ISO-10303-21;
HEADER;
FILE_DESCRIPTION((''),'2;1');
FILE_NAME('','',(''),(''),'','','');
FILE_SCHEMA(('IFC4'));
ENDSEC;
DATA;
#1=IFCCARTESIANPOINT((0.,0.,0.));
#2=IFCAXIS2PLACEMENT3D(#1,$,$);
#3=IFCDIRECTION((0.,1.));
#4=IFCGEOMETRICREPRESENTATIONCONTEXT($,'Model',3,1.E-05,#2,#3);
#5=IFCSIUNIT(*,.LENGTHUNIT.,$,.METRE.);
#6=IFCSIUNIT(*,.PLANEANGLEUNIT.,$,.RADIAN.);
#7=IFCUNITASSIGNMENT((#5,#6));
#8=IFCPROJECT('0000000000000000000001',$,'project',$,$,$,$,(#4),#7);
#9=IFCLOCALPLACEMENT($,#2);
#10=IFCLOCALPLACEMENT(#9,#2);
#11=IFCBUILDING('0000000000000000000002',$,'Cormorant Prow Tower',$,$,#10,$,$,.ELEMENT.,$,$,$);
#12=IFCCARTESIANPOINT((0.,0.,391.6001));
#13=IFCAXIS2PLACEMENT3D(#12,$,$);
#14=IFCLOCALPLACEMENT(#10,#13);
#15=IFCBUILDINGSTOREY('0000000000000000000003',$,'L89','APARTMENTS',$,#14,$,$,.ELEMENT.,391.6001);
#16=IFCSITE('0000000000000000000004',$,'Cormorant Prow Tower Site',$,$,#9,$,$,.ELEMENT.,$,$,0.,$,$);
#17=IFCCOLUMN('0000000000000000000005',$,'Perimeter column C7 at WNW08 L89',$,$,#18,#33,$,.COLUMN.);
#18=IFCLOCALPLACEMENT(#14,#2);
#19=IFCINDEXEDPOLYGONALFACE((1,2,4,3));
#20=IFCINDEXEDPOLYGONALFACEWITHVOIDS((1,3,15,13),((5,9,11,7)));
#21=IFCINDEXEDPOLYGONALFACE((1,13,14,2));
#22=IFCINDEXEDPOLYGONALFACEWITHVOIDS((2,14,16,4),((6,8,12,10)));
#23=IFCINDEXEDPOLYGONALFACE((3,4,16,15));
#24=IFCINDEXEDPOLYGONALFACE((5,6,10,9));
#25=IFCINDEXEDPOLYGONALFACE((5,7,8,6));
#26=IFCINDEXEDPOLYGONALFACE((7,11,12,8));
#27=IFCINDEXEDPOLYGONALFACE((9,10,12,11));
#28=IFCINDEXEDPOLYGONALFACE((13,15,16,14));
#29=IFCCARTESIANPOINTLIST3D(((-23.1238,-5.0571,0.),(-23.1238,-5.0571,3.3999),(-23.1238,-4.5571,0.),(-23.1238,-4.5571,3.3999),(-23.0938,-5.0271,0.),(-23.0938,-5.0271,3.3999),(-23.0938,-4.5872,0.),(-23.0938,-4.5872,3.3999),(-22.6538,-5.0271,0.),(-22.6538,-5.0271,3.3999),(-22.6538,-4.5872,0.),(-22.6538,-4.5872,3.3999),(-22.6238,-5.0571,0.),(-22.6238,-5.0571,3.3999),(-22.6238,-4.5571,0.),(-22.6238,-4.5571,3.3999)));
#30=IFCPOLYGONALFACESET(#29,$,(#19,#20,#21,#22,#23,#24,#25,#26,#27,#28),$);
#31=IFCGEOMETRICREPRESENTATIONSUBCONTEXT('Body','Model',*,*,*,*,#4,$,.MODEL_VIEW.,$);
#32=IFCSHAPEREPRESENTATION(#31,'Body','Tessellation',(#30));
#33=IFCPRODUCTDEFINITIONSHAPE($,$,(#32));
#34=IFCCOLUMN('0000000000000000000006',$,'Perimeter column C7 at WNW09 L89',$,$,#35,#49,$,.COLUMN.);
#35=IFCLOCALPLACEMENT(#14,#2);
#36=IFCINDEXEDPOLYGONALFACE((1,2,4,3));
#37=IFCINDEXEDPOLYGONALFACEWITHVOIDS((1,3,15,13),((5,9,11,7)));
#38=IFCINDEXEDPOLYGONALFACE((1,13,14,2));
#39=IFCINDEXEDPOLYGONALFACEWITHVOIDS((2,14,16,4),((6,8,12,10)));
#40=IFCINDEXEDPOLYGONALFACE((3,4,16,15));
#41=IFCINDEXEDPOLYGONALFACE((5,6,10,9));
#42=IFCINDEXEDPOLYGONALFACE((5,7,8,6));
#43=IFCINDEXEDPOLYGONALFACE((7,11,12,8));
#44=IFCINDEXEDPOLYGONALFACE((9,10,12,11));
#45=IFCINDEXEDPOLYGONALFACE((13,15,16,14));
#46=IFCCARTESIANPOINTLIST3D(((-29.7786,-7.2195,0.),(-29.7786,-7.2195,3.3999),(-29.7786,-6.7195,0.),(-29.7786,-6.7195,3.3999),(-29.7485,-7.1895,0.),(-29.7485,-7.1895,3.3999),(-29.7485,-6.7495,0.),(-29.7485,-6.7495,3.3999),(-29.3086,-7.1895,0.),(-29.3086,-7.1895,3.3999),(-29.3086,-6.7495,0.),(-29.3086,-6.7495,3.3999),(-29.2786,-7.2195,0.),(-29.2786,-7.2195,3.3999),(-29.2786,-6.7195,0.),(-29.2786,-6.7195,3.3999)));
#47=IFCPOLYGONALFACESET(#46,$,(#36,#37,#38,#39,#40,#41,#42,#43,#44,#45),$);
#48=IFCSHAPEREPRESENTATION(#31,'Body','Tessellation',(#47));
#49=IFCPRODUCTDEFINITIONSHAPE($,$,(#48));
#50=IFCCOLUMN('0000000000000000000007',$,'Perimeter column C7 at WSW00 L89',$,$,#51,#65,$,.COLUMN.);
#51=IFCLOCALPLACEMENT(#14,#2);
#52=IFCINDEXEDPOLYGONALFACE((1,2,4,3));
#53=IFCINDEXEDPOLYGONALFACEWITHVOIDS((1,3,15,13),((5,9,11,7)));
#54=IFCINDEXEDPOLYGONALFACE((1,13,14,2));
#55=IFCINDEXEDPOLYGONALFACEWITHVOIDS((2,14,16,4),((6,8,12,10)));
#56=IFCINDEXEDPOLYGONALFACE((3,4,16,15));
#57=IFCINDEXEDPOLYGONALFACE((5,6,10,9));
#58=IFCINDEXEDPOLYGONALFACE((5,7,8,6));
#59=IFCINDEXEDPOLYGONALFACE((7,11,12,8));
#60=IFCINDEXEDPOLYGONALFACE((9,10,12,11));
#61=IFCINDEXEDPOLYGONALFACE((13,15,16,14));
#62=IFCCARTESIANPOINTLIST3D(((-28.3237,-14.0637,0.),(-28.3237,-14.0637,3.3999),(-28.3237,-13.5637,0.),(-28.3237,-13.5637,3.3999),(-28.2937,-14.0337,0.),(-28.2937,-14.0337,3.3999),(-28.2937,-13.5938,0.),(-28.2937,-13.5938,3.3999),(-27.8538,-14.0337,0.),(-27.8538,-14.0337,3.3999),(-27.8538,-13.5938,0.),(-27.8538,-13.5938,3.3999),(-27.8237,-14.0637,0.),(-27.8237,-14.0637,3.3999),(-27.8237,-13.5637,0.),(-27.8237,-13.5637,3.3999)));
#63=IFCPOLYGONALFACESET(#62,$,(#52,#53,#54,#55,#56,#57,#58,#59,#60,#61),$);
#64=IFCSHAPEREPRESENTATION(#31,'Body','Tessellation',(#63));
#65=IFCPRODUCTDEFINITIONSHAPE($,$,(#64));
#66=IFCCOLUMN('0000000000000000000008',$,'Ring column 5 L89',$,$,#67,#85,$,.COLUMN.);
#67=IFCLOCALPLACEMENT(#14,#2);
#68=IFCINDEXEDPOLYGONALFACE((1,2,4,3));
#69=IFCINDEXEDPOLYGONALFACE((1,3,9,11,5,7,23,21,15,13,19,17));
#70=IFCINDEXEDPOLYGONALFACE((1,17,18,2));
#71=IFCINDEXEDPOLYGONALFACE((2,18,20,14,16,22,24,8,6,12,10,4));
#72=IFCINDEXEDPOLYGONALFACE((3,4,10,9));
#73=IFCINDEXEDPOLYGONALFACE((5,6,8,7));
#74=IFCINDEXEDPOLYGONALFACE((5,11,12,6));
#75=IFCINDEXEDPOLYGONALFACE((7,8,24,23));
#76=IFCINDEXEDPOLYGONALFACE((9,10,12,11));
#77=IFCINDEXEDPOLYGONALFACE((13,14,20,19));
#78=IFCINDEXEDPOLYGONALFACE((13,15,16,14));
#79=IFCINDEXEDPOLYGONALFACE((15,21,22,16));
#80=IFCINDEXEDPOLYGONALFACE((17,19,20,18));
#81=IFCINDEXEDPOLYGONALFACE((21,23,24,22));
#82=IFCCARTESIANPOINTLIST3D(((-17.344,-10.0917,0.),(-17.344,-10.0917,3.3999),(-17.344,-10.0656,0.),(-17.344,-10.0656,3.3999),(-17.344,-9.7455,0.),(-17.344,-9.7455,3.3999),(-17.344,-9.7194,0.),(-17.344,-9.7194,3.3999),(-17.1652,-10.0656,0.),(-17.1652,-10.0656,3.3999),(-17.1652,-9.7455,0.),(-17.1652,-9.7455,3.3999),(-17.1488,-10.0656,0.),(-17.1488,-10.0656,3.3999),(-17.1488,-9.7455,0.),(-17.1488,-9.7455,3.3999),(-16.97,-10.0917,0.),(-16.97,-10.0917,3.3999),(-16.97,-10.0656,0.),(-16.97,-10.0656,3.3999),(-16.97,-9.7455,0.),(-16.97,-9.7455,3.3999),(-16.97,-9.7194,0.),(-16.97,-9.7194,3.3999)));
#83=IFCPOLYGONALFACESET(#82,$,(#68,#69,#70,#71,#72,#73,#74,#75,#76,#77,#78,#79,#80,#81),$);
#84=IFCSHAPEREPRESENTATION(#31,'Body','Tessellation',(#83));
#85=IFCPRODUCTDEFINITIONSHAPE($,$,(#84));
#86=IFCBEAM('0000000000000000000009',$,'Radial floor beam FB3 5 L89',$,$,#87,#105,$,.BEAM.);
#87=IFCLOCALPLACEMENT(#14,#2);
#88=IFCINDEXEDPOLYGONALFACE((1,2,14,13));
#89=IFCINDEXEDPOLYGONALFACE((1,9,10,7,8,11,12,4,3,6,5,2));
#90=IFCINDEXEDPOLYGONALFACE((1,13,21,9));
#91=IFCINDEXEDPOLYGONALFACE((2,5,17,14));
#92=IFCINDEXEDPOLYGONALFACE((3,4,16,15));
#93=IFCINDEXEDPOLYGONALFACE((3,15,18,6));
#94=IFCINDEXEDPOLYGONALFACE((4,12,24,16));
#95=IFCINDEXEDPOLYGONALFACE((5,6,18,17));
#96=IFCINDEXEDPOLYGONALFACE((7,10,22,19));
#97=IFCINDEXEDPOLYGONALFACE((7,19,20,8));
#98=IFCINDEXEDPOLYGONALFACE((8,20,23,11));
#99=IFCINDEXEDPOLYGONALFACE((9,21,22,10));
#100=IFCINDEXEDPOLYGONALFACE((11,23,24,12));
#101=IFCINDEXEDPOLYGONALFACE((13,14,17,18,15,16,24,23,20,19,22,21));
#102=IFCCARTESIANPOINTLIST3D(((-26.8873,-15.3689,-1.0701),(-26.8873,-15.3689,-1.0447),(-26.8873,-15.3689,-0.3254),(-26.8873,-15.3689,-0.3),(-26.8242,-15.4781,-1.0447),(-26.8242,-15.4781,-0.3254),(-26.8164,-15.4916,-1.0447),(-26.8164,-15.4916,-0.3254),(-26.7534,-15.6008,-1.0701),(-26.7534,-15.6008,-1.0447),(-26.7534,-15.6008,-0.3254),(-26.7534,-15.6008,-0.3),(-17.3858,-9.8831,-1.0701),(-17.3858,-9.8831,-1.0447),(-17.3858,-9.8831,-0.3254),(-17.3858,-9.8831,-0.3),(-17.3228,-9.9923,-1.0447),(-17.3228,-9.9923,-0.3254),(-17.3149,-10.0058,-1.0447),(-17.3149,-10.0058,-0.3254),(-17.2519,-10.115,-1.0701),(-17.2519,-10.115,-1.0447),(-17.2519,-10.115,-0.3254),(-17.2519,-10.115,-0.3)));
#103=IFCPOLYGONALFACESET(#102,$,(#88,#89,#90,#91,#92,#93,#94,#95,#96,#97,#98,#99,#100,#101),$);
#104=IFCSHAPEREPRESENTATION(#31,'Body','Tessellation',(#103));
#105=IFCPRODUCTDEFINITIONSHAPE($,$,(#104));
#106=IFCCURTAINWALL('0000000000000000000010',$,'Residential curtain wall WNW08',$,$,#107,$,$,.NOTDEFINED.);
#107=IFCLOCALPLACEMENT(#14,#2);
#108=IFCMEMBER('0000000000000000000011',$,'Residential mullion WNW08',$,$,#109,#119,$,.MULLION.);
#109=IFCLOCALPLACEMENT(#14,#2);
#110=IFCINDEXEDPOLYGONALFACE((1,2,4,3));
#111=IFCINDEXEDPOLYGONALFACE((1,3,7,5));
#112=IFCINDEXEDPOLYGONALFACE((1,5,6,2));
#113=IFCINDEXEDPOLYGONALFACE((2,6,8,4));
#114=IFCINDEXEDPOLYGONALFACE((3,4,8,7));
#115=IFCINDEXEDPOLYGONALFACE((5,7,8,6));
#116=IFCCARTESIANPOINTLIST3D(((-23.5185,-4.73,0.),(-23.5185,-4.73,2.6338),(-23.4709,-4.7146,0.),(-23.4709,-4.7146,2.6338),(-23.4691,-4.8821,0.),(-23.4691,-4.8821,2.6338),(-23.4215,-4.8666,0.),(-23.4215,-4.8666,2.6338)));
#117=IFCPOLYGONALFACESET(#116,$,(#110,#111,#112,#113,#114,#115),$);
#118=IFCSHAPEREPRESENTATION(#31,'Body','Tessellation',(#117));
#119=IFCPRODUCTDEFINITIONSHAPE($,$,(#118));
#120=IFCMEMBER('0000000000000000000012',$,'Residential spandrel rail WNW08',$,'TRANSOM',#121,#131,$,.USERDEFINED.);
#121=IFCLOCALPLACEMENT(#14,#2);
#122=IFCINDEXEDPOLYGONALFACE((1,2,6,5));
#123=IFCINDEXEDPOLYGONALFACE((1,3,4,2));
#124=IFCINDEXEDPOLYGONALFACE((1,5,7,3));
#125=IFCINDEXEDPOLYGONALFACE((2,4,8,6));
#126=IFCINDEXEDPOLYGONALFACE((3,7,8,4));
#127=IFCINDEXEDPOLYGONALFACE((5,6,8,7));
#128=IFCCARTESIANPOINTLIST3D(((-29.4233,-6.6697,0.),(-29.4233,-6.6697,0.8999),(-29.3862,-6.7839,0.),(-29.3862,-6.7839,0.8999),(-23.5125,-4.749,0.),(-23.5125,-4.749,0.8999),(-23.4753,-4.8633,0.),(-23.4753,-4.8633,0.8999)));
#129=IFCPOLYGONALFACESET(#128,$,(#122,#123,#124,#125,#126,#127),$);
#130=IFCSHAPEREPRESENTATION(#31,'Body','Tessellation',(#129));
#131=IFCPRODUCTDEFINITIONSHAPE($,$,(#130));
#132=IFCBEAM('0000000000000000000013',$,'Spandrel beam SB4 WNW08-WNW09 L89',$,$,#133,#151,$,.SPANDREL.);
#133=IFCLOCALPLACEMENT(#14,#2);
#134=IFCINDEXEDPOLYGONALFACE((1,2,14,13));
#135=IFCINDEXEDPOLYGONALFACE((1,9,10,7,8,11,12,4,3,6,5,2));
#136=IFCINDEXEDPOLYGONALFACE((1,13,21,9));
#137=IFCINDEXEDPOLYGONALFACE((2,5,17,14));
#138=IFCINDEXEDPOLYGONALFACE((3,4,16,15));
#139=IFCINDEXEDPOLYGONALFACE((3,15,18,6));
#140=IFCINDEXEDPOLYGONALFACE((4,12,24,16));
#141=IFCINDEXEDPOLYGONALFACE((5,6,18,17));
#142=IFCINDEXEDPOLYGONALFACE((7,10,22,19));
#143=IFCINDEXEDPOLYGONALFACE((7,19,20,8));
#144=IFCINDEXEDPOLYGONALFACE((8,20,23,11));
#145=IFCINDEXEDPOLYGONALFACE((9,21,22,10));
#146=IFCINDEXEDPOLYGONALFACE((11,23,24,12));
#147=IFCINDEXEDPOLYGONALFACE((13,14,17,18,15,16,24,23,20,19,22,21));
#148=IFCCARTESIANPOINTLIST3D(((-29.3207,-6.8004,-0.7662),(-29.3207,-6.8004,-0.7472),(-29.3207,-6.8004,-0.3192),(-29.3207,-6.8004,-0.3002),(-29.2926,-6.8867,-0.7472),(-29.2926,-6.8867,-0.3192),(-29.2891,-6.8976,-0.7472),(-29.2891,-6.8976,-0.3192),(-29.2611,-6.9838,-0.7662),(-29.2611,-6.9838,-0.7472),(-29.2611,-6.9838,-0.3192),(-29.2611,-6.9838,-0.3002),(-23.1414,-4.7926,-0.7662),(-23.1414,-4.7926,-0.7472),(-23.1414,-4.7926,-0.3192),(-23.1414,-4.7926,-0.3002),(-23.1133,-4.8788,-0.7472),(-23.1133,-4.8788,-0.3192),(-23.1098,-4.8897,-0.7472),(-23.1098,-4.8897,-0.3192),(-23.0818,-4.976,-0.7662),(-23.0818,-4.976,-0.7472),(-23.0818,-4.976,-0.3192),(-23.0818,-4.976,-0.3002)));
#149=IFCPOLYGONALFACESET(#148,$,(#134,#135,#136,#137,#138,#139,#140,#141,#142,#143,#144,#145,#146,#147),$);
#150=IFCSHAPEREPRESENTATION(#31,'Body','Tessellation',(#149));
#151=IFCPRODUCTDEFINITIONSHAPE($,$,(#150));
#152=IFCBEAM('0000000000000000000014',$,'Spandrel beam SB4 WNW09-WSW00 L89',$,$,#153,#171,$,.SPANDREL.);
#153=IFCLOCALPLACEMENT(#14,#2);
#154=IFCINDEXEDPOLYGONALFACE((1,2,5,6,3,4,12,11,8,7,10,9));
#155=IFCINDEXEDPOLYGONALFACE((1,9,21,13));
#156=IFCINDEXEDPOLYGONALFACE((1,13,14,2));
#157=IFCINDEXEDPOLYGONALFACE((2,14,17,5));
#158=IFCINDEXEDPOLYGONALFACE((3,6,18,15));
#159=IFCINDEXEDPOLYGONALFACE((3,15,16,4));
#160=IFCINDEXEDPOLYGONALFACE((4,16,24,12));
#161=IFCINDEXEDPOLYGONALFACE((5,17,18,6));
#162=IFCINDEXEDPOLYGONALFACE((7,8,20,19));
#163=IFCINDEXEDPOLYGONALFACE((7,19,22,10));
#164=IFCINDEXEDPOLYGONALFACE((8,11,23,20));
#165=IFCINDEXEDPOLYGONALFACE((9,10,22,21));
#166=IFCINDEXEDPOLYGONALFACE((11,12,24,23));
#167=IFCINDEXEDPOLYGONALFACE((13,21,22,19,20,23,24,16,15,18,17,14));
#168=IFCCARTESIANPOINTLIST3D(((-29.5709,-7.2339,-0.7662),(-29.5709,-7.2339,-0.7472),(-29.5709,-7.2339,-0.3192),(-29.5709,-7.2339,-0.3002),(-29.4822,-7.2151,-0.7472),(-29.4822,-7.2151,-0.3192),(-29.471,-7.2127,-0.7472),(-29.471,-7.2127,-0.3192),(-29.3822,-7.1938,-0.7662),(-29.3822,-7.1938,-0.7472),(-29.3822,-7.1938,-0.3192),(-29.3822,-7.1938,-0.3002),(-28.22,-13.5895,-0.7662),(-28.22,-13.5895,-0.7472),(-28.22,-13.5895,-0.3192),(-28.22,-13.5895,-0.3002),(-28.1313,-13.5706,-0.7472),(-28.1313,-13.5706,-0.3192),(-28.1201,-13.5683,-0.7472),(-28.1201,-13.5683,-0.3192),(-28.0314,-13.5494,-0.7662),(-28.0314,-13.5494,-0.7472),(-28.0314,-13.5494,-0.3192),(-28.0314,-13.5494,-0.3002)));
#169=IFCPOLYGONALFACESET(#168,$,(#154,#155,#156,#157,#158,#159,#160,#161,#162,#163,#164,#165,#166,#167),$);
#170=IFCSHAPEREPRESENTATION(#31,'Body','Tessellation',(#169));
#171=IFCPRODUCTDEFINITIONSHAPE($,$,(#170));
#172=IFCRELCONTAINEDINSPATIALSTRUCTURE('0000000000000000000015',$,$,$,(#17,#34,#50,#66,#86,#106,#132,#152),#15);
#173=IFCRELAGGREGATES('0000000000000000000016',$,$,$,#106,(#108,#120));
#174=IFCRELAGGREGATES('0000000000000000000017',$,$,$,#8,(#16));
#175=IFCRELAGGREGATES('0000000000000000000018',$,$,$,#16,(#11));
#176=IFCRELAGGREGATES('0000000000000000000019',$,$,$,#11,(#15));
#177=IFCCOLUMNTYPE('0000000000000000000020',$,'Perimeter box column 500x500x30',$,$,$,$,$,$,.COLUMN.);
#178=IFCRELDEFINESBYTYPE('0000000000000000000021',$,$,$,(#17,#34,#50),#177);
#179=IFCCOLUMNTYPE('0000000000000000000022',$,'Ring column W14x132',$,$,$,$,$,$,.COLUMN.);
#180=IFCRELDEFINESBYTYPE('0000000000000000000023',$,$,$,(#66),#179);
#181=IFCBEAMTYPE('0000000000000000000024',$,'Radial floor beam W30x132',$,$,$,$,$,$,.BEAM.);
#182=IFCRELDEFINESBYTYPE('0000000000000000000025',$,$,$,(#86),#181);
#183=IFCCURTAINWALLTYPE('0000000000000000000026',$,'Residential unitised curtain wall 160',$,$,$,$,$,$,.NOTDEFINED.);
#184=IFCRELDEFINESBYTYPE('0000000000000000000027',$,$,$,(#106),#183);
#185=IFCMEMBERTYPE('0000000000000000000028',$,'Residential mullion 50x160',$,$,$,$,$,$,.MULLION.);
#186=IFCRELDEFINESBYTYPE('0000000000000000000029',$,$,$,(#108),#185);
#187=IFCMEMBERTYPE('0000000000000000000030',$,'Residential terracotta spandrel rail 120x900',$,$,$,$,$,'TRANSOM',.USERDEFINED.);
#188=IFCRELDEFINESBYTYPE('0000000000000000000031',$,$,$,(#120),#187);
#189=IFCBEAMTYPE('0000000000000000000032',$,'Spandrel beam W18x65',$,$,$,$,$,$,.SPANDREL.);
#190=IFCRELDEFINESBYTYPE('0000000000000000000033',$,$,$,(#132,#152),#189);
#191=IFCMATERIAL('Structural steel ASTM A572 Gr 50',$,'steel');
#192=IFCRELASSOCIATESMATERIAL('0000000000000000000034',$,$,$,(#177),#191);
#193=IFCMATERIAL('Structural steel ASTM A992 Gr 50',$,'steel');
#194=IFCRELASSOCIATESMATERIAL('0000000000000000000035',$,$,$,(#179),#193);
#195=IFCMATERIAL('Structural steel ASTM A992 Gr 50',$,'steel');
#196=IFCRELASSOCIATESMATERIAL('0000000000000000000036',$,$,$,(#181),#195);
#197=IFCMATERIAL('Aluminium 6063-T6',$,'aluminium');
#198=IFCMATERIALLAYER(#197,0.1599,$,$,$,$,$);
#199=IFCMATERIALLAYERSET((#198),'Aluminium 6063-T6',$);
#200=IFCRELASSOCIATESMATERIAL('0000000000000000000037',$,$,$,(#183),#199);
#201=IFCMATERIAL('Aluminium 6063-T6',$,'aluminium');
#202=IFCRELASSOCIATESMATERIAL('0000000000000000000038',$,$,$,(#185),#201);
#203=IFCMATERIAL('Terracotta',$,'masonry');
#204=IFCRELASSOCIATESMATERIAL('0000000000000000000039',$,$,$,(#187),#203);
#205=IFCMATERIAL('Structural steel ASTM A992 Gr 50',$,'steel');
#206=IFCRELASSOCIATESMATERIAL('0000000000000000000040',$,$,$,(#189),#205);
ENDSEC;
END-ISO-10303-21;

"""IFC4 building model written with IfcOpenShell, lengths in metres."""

from ifc_helpers import new_model, si_unit, direction, frame, origin, origin_2d, place, context, subcontext, project, spatial, rectangle, hollow_rectangle, i_section, extrude, material, layer, layer_set, material_profile, profile_set, type_object, element, aggregate, save


model = new_model("IFC4")

# Units and contexts
model_context = context("Model", 3, precision=1e-05, world=origin(), true_north=direction((0.0, 1.0)))
body_context = subcontext(model_context, "Body", "Model", "MODEL_VIEW")
ifc_project = project(units=[si_unit("LENGTHUNIT", "METRE"), si_unit("PLANEANGLEUNIT", "RADIAN")], contexts=[model_context])

# Site, building, storey
site_placement = place(None, origin())
site = spatial("IfcSite", under=ifc_project, at=site_placement, Name="Cormorant Prow Tower Site", CompositionType="ELEMENT", RefElevation=0.0)
building_placement = place(site_placement, origin())
building = spatial("IfcBuilding", under=site, at=building_placement, Name="Cormorant Prow Tower", CompositionType="ELEMENT")
storey_placement = place(building_placement, frame((0.0, 0.0, 391.6001)))
storey = spatial("IfcBuildingStorey", under=building, at=storey_placement, Name="L89", Description="APARTMENTS", CompositionType="ELEMENT", Elevation=391.6001)

# Columns
ifc_material_1 = material(Name="Structural steel ASTM A572 Gr 50", Category="steel")
ifc_material_profile_1 = material_profile(ifc_material_1, hollow_rectangle(XDim=0.5, YDim=0.5, WallThickness=0.03, at=origin_2d()), Name="Box 500x500x30")
ifc_profile_set_1 = profile_set([ifc_material_profile_1], Name="Structural steel ASTM A572 Gr 50")
column_type_1 = type_object("IfcColumnType", Name="Perimeter box column 500x500x30", PredefinedType="COLUMN", material=ifc_profile_set_1)
for number, where, z_axis, x_axis, name in (
    (1, (-22.8738, -4.8071, 0.0), (0.0, 0.0, 1.0), (1.0, 0.0, 0.0), "Perimeter column C7 at WNW08 L89"),
    (2, (-29.5286, -6.9695, 0.0), (0.0, 0.0, 1.0), (1.0, 0.0, 0.0), "Perimeter column C7 at WNW09 L89"),
    (3, (-28.0737, -13.8137, 0.0), (0.0, 0.0, 1.0), (1.0, 0.0, 0.0), "Perimeter column C7 at WSW00 L89"),
):
    element("IfcColumn", number, at=place(storey_placement, frame(where, z_axis=z_axis, x_axis=x_axis)), inside=storey, type_object=column_type_1, Name=name, PredefinedType="COLUMN", context=body_context, shape_type="SweptSolid", body=[
        extrude(hollow_rectangle(XDim=0.5, YDim=0.5, WallThickness=0.03, at=origin_2d()), origin(), (0.0, 0.0, 1.0), 3.3999),
    ])
ifc_material_2 = material(Name="Structural steel ASTM A992 Gr 50", Category="steel")
ifc_material_profile_2 = material_profile(ifc_material_2, i_section(OverallWidth=0.374, OverallDepth=0.3723, WebThickness=0.0164, FlangeThickness=0.0261, at=origin_2d()), Name="W14x132")
ifc_profile_set_2 = profile_set([ifc_material_profile_2], Name="Structural steel ASTM A992 Gr 50")
column_type_2 = type_object("IfcColumnType", Name="Ring column W14x132", PredefinedType="COLUMN", material=ifc_profile_set_2)
column_placement = place(storey_placement, frame((-17.157, -9.9055, 0.0), z_axis=(0.0, 0.0, 1.0), x_axis=(1.0, 0.0, 0.0)))
element("IfcColumn", 4, at=column_placement, inside=storey, type_object=column_type_2, Name="Ring column 5 L89", PredefinedType="COLUMN", context=body_context, shape_type="SweptSolid", body=[
    extrude(i_section(OverallWidth=0.374, OverallDepth=0.3723, WebThickness=0.0164, FlangeThickness=0.0261, at=origin_2d()), origin(), (0.0, 0.0, 1.0), 3.3999),
])

# Beam
ifc_material_3 = material(Name="Structural steel ASTM A992 Gr 50", Category="steel")
ifc_material_profile_3 = material_profile(ifc_material_3, i_section(OverallWidth=0.2678, OverallDepth=0.77, WebThickness=0.0156, FlangeThickness=0.0254, at=origin_2d()), Name="W30x132")
ifc_profile_set_3 = profile_set([ifc_material_profile_3], Name="Structural steel ASTM A992 Gr 50")
beam_type_1 = type_object("IfcBeamType", Name="Radial floor beam W30x132", PredefinedType="BEAM", material=ifc_profile_set_3)
beam_1_placement = place(storey_placement, frame((-17.3188, -9.999, -0.6851), z_axis=(-0.866019, -0.500011, 0.0), x_axis=(0.500011, -0.866019, 0.0)))
element("IfcBeam", 5, at=beam_1_placement, inside=storey, type_object=beam_type_1, Name="Radial floor beam FB3 5 L89", PredefinedType="BEAM", context=body_context, shape_type="SweptSolid", body=[
    extrude(i_section(OverallWidth=0.2678, OverallDepth=0.77, WebThickness=0.0156, FlangeThickness=0.0254, at=origin_2d()), origin(), (0.0, 0.0, 1.0), 10.9714),
])

# Curtain wall, members
ifc_material_4 = material(Name="Aluminium 6063-T6", Category="aluminium")
ifc_layer_1 = layer(ifc_material_4, 0.1599)
ifc_layer_set_1 = layer_set([ifc_layer_1], Name="Aluminium 6063-T6")
curtain_wall_type = type_object("IfcCurtainWallType", Name="Residential unitised curtain wall 160", PredefinedType="NOTDEFINED", material=ifc_layer_set_1)
curtain_wall_placement = place(storey_placement, origin())
curtain_wall = element("IfcCurtainWall", 6, at=curtain_wall_placement, inside=storey, type_object=curtain_wall_type, Name="Residential curtain wall WNW08", PredefinedType="NOTDEFINED")
ifc_material_5 = material(Name="Aluminium 6063-T6", Category="aluminium")
ifc_material_profile_4 = material_profile(ifc_material_5, rectangle(XDim=0.1599, YDim=0.05, at=origin_2d()), Name="Residential mullion 50x160")
ifc_profile_set_4 = profile_set([ifc_material_profile_4], Name="Aluminium 6063-T6")
member_type_1 = type_object("IfcMemberType", Name="Residential mullion 50x160", PredefinedType="MULLION", material=ifc_profile_set_4)
member_1_placement = place(storey_placement, frame((-23.47, -4.7983, 0.0), z_axis=(0.0, 0.0, 1.0), x_axis=(0.309017, -0.951056, 0.0)))
member_1 = element("IfcMember", 7, at=member_1_placement, type_object=member_type_1, Name="Residential mullion WNW08", PredefinedType="MULLION", context=body_context, shape_type="SweptSolid", body=[
    extrude(rectangle(XDim=0.1599, YDim=0.05, at=origin_2d()), origin(), (0.0, 0.0, 1.0), 2.6338),
])
ifc_material_6 = material(Name="Terracotta", Category="masonry")
ifc_material_profile_5 = material_profile(ifc_material_6, rectangle(XDim=0.1201, YDim=0.8999, at=origin_2d()), Name="Residential terracotta spandrel rail 120x900")
ifc_profile_set_5 = profile_set([ifc_material_profile_5], Name="Terracotta")
member_type_2 = type_object("IfcMemberType", Name="Residential terracotta spandrel rail 120x900", ElementType="TRANSOM", PredefinedType="USERDEFINED", material=ifc_profile_set_5)
member_2_placement = place(storey_placement, frame((-23.4939, -4.8062, 0.45), z_axis=(-0.951052, -0.30903, 0.0), x_axis=(0.30903, -0.951052, 0.0)))
member_2 = element("IfcMember", 8, at=member_2_placement, type_object=member_type_2, Name="Residential spandrel rail WNW08", ObjectType="TRANSOM", PredefinedType="USERDEFINED", context=body_context, shape_type="SweptSolid", body=[
    extrude(rectangle(XDim=0.1201, YDim=0.8999, at=origin_2d()), origin(), (0.0, 0.0, 1.0), 6.2151),
])

# Beams
ifc_material_7 = material(Name="Structural steel ASTM A992 Gr 50", Category="steel")
ifc_material_profile_6 = material_profile(ifc_material_7, i_section(OverallWidth=0.1929, OverallDepth=0.4661, WebThickness=0.0115, FlangeThickness=0.019, at=origin_2d()), Name="W18x65")
ifc_profile_set_6 = profile_set([ifc_material_profile_6], Name="Structural steel ASTM A992 Gr 50")
beam_type_2 = type_object("IfcBeamType", Name="Spandrel beam W18x65", PredefinedType="SPANDREL", material=ifc_profile_set_6)
beam_2_placement = place(storey_placement, frame((-23.1116, -4.8843, -0.5332), z_axis=(-0.951053, -0.309027, 0.0), x_axis=(0.309027, -0.951053, 0.0)))
element("IfcBeam", 9, at=beam_2_placement, inside=storey, type_object=beam_type_2, Name="Spandrel beam SB4 WNW08-WNW09 L89", PredefinedType="SPANDREL", context=body_context, shape_type="SweptSolid", body=[
    extrude(i_section(OverallWidth=0.1929, OverallDepth=0.4661, WebThickness=0.0115, FlangeThickness=0.019, at=origin_2d()), origin(), (0.0, 0.0, 1.0), 6.4973),
])
beam_3_placement = place(storey_placement, frame((-29.4766, -7.2139, -0.5332), z_axis=(0.207902, -0.97815, 0.0), x_axis=(0.97815, 0.207902, 0.0)))
element("IfcBeam", 10, at=beam_3_placement, inside=storey, type_object=beam_type_2, Name="Spandrel beam SB4 WNW09-WSW00 L89", PredefinedType="SPANDREL", context=body_context, shape_type="SweptSolid", body=[
    extrude(i_section(OverallWidth=0.1929, OverallDepth=0.4661, WebThickness=0.0115, FlangeThickness=0.019, at=origin_2d()), origin(), (0.0, 0.0, 1.0), 6.4976),
])

aggregate(curtain_wall, [member_1, member_2])

save(model, "model.ifc")
